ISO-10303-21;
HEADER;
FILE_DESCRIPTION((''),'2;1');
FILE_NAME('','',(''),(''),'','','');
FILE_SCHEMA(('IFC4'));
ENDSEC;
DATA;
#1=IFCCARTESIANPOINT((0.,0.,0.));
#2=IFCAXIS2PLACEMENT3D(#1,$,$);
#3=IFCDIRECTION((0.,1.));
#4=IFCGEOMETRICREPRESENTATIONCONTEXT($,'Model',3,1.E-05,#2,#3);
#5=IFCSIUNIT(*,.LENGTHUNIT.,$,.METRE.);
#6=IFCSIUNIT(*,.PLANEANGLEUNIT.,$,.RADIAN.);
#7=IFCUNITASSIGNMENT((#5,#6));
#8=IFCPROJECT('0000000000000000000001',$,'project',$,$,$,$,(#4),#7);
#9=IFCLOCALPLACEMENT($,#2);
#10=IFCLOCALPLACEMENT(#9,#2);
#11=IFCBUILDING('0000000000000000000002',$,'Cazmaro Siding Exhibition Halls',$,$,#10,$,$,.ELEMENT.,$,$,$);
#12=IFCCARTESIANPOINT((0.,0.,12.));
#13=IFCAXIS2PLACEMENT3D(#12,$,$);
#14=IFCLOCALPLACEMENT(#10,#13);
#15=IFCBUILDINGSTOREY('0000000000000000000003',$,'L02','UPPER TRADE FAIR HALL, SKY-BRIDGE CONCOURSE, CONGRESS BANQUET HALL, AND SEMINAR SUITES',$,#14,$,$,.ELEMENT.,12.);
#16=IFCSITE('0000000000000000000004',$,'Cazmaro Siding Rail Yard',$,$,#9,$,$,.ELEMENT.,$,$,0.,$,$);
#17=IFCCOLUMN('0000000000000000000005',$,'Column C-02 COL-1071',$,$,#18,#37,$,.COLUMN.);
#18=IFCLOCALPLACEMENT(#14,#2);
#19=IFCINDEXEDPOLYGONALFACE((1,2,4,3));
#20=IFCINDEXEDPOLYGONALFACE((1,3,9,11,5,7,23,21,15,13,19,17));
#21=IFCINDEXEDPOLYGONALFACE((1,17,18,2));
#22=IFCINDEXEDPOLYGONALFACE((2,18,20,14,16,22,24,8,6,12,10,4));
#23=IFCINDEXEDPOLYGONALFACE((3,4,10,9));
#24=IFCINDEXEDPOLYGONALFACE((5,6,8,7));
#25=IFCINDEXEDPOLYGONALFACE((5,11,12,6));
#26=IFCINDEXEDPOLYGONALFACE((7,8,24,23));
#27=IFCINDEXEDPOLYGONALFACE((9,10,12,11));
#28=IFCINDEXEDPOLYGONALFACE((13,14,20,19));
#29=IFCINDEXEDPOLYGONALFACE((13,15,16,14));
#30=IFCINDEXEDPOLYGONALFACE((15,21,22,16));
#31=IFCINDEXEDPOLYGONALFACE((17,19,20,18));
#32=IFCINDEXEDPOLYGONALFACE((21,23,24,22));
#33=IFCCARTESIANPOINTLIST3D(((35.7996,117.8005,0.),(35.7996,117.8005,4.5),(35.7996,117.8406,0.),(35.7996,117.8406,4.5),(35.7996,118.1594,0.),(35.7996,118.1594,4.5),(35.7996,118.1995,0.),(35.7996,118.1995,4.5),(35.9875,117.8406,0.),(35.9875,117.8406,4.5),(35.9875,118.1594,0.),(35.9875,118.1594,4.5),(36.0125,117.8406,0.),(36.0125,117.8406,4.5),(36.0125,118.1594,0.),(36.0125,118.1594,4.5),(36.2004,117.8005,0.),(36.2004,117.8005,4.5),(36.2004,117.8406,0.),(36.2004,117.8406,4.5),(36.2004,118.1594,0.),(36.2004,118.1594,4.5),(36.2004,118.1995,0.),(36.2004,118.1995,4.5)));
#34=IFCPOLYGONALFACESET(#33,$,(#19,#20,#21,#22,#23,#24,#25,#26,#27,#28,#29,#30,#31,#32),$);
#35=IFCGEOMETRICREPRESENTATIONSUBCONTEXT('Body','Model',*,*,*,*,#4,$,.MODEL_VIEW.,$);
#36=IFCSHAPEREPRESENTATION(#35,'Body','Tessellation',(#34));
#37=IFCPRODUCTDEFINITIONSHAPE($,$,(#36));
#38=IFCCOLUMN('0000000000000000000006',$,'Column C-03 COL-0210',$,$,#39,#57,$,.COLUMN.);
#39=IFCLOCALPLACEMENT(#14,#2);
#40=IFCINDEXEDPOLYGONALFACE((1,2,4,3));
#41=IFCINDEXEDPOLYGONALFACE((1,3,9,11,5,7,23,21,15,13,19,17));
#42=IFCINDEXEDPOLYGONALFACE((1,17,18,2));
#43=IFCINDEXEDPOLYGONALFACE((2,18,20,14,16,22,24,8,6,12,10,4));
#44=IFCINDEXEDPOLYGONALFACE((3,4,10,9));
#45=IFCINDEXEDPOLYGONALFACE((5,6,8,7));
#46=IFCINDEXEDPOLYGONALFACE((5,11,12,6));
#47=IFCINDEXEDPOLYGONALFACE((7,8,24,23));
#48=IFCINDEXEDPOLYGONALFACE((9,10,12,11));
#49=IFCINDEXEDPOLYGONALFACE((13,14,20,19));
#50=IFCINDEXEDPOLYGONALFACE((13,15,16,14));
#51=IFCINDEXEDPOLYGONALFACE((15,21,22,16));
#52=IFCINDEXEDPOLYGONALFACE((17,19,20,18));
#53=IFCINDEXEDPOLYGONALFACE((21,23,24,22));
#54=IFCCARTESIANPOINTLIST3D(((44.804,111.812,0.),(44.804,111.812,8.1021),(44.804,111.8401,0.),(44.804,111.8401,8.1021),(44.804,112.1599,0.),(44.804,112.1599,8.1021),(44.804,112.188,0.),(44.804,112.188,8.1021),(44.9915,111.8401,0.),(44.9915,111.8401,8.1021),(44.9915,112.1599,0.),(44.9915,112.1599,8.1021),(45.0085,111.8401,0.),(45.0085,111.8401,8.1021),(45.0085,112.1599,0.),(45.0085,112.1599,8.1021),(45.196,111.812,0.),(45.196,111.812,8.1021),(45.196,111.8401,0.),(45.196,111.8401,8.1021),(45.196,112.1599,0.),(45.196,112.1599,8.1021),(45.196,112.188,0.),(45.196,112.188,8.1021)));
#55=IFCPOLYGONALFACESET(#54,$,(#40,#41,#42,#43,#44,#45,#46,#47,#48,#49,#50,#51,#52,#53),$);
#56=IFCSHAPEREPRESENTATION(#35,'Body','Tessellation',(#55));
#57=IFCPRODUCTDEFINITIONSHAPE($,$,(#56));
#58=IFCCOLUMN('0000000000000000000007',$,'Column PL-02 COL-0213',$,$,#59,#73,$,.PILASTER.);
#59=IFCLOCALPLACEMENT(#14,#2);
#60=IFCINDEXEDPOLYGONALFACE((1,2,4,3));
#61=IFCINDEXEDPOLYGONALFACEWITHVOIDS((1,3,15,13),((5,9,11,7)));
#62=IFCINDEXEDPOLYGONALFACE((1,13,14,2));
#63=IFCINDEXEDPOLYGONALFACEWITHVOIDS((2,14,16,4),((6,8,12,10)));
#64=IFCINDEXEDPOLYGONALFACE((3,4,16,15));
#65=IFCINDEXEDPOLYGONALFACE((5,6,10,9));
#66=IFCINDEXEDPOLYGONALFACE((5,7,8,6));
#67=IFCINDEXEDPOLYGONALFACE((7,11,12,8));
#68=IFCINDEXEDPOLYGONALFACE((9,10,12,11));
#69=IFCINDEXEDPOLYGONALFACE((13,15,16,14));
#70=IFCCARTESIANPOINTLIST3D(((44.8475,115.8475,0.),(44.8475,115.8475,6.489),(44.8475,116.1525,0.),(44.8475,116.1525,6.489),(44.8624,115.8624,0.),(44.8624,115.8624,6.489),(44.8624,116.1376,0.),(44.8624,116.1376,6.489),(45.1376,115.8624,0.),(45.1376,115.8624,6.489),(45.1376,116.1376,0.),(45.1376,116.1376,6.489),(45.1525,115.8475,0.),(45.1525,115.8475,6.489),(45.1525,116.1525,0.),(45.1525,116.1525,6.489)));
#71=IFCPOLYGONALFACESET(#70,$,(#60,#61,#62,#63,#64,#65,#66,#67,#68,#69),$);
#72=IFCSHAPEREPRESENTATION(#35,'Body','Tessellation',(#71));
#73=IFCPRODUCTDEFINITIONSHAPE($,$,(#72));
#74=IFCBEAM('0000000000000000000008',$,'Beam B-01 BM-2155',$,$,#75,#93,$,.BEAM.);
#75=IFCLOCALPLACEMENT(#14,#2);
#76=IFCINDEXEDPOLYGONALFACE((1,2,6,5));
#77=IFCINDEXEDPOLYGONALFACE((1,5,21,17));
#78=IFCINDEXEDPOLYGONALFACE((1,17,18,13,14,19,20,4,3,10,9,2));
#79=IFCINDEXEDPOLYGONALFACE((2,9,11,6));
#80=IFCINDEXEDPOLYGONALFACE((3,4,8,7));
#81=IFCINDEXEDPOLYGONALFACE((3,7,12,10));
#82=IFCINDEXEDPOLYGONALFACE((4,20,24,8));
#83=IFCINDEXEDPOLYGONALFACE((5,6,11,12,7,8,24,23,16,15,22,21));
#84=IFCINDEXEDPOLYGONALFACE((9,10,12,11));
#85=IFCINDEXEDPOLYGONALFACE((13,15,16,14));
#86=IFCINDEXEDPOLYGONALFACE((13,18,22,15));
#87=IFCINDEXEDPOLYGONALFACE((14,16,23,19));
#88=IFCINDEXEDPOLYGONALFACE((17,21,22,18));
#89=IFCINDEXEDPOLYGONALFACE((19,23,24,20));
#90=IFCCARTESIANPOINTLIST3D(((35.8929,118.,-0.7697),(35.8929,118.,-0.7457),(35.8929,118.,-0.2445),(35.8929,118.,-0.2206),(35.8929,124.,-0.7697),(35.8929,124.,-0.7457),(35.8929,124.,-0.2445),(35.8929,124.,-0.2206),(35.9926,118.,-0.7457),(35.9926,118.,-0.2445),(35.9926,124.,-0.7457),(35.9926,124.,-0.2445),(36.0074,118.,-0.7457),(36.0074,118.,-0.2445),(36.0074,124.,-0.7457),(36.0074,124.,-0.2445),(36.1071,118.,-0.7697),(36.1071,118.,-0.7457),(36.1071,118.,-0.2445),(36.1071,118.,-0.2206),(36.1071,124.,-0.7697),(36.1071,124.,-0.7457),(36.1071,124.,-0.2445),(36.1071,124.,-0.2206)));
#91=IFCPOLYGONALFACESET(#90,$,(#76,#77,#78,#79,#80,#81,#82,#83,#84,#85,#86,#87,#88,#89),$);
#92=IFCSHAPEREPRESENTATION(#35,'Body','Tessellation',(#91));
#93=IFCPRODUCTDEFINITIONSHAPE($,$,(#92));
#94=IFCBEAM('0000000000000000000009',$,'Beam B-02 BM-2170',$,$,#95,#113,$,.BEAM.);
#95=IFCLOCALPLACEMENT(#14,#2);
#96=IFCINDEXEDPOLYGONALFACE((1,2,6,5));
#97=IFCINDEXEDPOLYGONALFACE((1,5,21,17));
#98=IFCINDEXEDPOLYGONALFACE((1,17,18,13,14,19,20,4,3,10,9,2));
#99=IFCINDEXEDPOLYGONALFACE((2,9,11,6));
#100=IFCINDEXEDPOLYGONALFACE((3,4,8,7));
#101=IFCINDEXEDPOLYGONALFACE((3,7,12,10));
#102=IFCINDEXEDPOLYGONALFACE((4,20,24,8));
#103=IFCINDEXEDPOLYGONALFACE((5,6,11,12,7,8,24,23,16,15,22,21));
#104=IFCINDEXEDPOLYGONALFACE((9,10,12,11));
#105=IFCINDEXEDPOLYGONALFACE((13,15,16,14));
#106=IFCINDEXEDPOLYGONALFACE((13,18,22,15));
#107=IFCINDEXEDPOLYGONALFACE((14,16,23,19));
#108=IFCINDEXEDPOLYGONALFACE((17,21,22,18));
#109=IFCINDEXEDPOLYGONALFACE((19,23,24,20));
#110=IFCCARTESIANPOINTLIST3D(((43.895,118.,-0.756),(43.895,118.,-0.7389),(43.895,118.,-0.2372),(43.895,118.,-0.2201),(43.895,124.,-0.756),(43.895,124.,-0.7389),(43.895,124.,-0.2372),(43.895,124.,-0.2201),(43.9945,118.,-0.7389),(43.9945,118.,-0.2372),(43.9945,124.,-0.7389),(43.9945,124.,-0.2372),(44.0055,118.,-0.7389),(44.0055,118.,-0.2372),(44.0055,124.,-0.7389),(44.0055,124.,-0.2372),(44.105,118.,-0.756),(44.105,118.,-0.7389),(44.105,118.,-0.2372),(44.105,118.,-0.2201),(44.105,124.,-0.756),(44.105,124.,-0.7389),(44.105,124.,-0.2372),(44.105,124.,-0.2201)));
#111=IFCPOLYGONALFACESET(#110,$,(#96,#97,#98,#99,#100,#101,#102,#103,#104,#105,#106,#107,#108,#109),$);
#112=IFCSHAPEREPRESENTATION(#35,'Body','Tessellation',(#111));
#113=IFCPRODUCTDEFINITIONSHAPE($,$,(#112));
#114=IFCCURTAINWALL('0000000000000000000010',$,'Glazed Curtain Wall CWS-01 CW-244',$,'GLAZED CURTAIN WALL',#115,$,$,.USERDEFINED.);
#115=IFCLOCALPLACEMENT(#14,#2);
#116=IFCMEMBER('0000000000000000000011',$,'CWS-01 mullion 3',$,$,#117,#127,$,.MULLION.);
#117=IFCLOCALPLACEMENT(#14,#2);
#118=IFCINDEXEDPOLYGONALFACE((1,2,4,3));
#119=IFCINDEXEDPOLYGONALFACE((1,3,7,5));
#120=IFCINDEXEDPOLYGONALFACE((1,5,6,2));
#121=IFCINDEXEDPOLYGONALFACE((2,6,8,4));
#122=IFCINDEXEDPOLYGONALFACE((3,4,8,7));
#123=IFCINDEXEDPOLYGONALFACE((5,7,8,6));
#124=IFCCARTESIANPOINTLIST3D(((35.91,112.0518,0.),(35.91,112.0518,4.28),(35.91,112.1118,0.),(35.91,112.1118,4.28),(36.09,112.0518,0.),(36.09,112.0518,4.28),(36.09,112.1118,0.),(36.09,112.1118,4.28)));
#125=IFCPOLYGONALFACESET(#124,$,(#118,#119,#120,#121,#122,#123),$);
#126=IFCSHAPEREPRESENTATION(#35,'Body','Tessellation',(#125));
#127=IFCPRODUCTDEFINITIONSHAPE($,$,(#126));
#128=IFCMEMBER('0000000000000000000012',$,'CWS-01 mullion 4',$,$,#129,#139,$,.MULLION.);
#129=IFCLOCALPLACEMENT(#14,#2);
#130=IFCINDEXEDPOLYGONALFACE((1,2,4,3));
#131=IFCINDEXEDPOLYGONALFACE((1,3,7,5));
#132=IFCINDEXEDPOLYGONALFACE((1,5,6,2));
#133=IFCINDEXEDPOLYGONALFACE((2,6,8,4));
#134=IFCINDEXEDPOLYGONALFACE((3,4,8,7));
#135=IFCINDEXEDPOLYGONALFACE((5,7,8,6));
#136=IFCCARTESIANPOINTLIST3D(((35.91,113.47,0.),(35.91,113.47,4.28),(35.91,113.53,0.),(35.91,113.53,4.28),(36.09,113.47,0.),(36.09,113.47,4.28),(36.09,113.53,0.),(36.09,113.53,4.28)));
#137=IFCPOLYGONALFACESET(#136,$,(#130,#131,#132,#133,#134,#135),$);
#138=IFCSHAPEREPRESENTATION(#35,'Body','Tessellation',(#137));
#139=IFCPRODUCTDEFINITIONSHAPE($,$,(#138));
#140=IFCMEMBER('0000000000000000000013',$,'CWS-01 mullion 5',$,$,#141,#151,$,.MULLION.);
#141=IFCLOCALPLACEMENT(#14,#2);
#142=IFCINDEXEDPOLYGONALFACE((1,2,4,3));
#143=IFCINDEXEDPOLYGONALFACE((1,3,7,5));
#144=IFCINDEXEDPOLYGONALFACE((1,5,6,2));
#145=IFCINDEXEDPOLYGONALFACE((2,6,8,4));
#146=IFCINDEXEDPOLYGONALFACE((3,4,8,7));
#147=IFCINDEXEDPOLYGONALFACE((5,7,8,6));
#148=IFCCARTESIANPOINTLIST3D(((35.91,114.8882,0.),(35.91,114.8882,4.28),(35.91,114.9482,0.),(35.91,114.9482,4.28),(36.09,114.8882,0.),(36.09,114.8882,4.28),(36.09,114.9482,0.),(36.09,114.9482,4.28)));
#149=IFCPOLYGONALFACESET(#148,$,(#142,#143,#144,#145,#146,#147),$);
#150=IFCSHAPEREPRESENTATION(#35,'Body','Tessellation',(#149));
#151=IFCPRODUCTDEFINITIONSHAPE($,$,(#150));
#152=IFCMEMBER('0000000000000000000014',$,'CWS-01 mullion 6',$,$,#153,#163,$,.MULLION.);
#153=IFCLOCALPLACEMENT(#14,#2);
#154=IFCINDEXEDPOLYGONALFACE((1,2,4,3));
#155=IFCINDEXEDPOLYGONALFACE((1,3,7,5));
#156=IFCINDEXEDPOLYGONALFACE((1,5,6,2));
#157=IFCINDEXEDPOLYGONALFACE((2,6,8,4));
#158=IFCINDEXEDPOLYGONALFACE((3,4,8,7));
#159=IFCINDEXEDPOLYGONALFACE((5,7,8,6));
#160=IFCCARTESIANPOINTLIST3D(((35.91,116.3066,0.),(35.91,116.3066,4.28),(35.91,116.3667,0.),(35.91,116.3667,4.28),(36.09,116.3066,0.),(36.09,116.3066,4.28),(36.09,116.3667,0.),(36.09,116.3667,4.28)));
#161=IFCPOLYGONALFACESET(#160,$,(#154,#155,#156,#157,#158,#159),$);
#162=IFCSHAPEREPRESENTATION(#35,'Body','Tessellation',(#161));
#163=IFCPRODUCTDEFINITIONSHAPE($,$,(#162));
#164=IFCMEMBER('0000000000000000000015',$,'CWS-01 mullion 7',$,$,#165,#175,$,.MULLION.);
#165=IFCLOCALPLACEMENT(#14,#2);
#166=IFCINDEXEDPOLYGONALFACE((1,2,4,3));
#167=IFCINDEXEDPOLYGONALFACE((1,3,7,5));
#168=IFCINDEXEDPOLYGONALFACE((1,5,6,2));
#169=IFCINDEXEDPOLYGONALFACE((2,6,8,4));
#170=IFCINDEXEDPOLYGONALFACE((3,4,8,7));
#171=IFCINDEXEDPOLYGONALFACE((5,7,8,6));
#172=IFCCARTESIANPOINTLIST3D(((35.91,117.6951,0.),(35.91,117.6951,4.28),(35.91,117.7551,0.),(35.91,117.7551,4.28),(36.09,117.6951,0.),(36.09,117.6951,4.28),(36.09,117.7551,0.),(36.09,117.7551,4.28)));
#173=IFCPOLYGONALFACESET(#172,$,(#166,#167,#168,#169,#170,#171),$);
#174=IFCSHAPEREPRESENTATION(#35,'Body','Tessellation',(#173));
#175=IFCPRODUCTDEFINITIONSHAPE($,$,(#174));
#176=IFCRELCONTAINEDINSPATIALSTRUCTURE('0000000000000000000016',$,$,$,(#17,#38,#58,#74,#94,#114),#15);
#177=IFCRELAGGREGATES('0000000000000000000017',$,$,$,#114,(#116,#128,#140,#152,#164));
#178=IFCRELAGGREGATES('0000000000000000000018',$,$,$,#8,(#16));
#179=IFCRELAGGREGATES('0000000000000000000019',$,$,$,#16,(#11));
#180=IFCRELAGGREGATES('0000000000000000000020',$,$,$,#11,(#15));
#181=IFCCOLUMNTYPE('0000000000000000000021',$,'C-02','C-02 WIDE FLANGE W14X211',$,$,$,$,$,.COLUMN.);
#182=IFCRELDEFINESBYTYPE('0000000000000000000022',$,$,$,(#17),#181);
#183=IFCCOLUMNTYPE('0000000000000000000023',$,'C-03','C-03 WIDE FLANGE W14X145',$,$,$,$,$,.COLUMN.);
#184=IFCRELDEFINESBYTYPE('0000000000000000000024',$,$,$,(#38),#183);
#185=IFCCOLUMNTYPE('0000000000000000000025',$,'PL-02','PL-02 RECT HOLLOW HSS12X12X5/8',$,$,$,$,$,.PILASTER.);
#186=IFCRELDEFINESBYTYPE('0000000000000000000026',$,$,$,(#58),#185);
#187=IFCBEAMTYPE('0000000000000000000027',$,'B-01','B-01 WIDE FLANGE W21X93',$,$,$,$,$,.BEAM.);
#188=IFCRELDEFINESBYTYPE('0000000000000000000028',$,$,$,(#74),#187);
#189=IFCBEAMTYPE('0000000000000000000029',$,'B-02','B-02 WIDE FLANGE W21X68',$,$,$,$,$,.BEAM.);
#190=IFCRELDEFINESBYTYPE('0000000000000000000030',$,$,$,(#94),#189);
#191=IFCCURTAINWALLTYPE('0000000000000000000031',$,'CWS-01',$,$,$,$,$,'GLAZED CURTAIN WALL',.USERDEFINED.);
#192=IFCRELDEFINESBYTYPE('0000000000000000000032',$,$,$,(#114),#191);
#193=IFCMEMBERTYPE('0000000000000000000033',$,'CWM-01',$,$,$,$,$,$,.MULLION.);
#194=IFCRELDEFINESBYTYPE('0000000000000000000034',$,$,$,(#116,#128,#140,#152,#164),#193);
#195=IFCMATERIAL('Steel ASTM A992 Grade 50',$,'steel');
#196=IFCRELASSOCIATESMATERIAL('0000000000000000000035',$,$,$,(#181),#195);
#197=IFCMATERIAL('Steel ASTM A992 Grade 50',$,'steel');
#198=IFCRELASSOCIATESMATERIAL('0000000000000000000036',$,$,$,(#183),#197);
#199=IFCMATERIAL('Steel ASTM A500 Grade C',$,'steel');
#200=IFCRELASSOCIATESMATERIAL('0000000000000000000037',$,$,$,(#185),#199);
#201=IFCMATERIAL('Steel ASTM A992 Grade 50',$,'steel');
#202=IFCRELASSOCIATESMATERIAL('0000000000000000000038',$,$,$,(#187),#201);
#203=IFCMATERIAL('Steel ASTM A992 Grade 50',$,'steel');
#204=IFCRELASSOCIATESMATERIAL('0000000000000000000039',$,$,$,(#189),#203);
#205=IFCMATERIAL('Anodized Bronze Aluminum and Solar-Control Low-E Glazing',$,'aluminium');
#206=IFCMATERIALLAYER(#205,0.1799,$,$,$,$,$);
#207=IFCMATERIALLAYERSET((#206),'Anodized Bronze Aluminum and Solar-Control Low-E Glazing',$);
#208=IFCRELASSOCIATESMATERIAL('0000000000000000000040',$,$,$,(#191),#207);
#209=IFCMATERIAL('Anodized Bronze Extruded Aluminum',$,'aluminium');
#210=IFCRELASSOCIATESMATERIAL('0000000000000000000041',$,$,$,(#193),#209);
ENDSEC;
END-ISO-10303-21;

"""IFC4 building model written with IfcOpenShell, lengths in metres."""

from ifc_helpers import new_model, si_unit, direction, frame, origin, origin_2d, place, context, subcontext, project, spatial, rectangle, hollow_rectangle, i_section, extrude, material, layer, layer_set, material_profile, profile_set, type_object, element, aggregate, save


model = new_model("IFC4")

# Units and contexts
model_context = context("Model", 3, precision=1e-05, world=origin(), true_north=direction((0.0, 1.0)))
body_context = subcontext(model_context, "Body", "Model", "MODEL_VIEW")
ifc_project = project(units=[si_unit("LENGTHUNIT", "METRE"), si_unit("PLANEANGLEUNIT", "RADIAN")], contexts=[model_context])

# Site, building, storey
site_placement = place(None, origin())
site = spatial("IfcSite", under=ifc_project, at=site_placement, Name="Cazmaro Siding Rail Yard", CompositionType="ELEMENT", RefElevation=0.0)
building_placement = place(site_placement, origin())
building = spatial("IfcBuilding", under=site, at=building_placement, Name="Cazmaro Siding Exhibition Halls", CompositionType="ELEMENT")
storey_placement = place(building_placement, frame((0.0, 0.0, 12.0)))
storey = spatial("IfcBuildingStorey", under=building, at=storey_placement, Name="L02", Description="UPPER TRADE FAIR HALL, SKY-BRIDGE CONCOURSE, CONGRESS BANQUET HALL, AND SEMINAR SUITES", CompositionType="ELEMENT", Elevation=12.0)

# Columns
ifc_material_1 = material(Name="Steel ASTM A992 Grade 50", Category="steel")
ifc_material_profile_1 = material_profile(ifc_material_1, i_section(OverallWidth=0.4009, OverallDepth=0.3989, WebThickness=0.0249, FlangeThickness=0.04, at=origin_2d()), Name="W14X211")
ifc_profile_set_1 = profile_set([ifc_material_profile_1], Name="Steel ASTM A992 Grade 50")
column_type_1 = type_object("IfcColumnType", Name="C-02", Description="C-02 WIDE FLANGE W14X211", PredefinedType="COLUMN", material=ifc_profile_set_1)
column_1_placement = place(storey_placement, frame((36.0, 118.0, 0.0), z_axis=(0.0, 0.0, 1.0), x_axis=(1.0, 0.0, 0.0)))
element("IfcColumn", 1, at=column_1_placement, inside=storey, type_object=column_type_1, Name="Column C-02 COL-1071", PredefinedType="COLUMN", context=body_context, shape_type="SweptSolid", body=[
    extrude(i_section(OverallWidth=0.4009, OverallDepth=0.3989, WebThickness=0.0249, FlangeThickness=0.04, at=origin_2d()), origin(), (0.0, 0.0, 1.0), 4.5),
])
ifc_material_2 = material(Name="Steel ASTM A992 Grade 50", Category="steel")
ifc_material_profile_2 = material_profile(ifc_material_2, i_section(OverallWidth=0.3921, OverallDepth=0.376, WebThickness=0.0171, FlangeThickness=0.0281, at=origin_2d()), Name="W14X145")
ifc_profile_set_2 = profile_set([ifc_material_profile_2], Name="Steel ASTM A992 Grade 50")
column_type_2 = type_object("IfcColumnType", Name="C-03", Description="C-03 WIDE FLANGE W14X145", PredefinedType="COLUMN", material=ifc_profile_set_2)
column_2_placement = place(storey_placement, frame((45.0, 112.0, 0.0), z_axis=(0.0, 0.0, 1.0), x_axis=(1.0, 0.0, 0.0)))
element("IfcColumn", 2, at=column_2_placement, inside=storey, type_object=column_type_2, Name="Column C-03 COL-0210", PredefinedType="COLUMN", context=body_context, shape_type="SweptSolid", body=[
    extrude(i_section(OverallWidth=0.3921, OverallDepth=0.376, WebThickness=0.0171, FlangeThickness=0.0281, at=origin_2d()), origin(), (0.0, 0.0, 1.0), 8.1021),
])
ifc_material_3 = material(Name="Steel ASTM A500 Grade C", Category="steel")
ifc_material_profile_3 = material_profile(ifc_material_3, hollow_rectangle(XDim=0.3049, YDim=0.3049, WallThickness=0.0149, at=origin_2d()), Name="HSS12X12X5/8")
ifc_profile_set_3 = profile_set([ifc_material_profile_3], Name="Steel ASTM A500 Grade C")
column_type_3 = type_object("IfcColumnType", Name="PL-02", Description="PL-02 RECT HOLLOW HSS12X12X5/8", PredefinedType="PILASTER", material=ifc_profile_set_3)
column_3_placement = place(storey_placement, frame((45.0, 116.0, 0.0), z_axis=(0.0, 0.0, 1.0), x_axis=(1.0, 0.0, 0.0)))
element("IfcColumn", 3, at=column_3_placement, inside=storey, type_object=column_type_3, Name="Column PL-02 COL-0213", PredefinedType="PILASTER", context=body_context, shape_type="SweptSolid", body=[
    extrude(hollow_rectangle(XDim=0.3049, YDim=0.3049, WallThickness=0.0149, at=origin_2d()), origin(), (0.0, 0.0, 1.0), 6.489),
])

# Beams
ifc_material_4 = material(Name="Steel ASTM A992 Grade 50", Category="steel")
ifc_material_profile_4 = material_profile(ifc_material_4, i_section(OverallWidth=0.2141, OverallDepth=0.5491, WebThickness=0.0149, FlangeThickness=0.0239, at=origin_2d()), Name="W21X93")
ifc_profile_set_4 = profile_set([ifc_material_profile_4], Name="Steel ASTM A992 Grade 50")
beam_type_1 = type_object("IfcBeamType", Name="B-01", Description="B-01 WIDE FLANGE W21X93", PredefinedType="BEAM", material=ifc_profile_set_4)
beam_1_placement = place(storey_placement, frame((36.0, 118.0, -0.4951), z_axis=(0.0, 1.0, 0.0), x_axis=(-1.0, 0.0, 0.0)))
element("IfcBeam", 4, at=beam_1_placement, inside=storey, type_object=beam_type_1, Name="Beam B-01 BM-2155", PredefinedType="BEAM", context=body_context, shape_type="SweptSolid", body=[
    extrude(i_section(OverallWidth=0.2141, OverallDepth=0.5491, WebThickness=0.0149, FlangeThickness=0.0239, at=origin_2d()), origin(), (0.0, 0.0, 1.0), 6.0),
])
ifc_material_5 = material(Name="Steel ASTM A992 Grade 50", Category="steel")
ifc_material_profile_5 = material_profile(ifc_material_5, i_section(OverallWidth=0.21, OverallDepth=0.5359, WebThickness=0.011, FlangeThickness=0.0171, at=origin_2d()), Name="W21X68")
ifc_profile_set_5 = profile_set([ifc_material_profile_5], Name="Steel ASTM A992 Grade 50")
beam_type_2 = type_object("IfcBeamType", Name="B-02", Description="B-02 WIDE FLANGE W21X68", PredefinedType="BEAM", material=ifc_profile_set_5)
beam_2_placement = place(storey_placement, frame((44.0, 118.0, -0.488), z_axis=(0.0, 1.0, 0.0), x_axis=(-1.0, 0.0, 0.0)))
element("IfcBeam", 5, at=beam_2_placement, inside=storey, type_object=beam_type_2, Name="Beam B-02 BM-2170", PredefinedType="BEAM", context=body_context, shape_type="SweptSolid", body=[
    extrude(i_section(OverallWidth=0.21, OverallDepth=0.5359, WebThickness=0.011, FlangeThickness=0.0171, at=origin_2d()), origin(), (0.0, 0.0, 1.0), 6.0),
])

# Curtain wall, members
ifc_material_6 = material(Name="Anodized Bronze Aluminum and Solar-Control Low-E Glazing", Category="aluminium")
ifc_layer_1 = layer(ifc_material_6, 0.1799)
ifc_layer_set_1 = layer_set([ifc_layer_1], Name="Anodized Bronze Aluminum and Solar-Control Low-E Glazing")
curtain_wall_type = type_object("IfcCurtainWallType", Name="CWS-01", ElementType="GLAZED CURTAIN WALL", PredefinedType="USERDEFINED", material=ifc_layer_set_1)
curtain_wall_1_placement = place(storey_placement, origin())
curtain_wall_1 = element("IfcCurtainWall", 6, at=curtain_wall_1_placement, inside=storey, type_object=curtain_wall_type, Name="Glazed Curtain Wall CWS-01 CW-244", ObjectType="GLAZED CURTAIN WALL", PredefinedType="USERDEFINED")
ifc_material_7 = material(Name="Anodized Bronze Extruded Aluminum", Category="aluminium")
ifc_material_profile_6 = material_profile(ifc_material_7, rectangle(XDim=0.1799, YDim=0.0601, at=origin_2d()), Name="CWM-01")
ifc_profile_set_6 = profile_set([ifc_material_profile_6], Name="Anodized Bronze Extruded Aluminum")
member_type_1 = type_object("IfcMemberType", Name="CWM-01", PredefinedType="MULLION", material=ifc_profile_set_6)
member_1_placement = place(storey_placement, frame((36.0, 112.0818, 0.0), z_axis=(0.0, 0.0, 1.0), x_axis=(-1.0, 0.0, 0.0)))
member_1 = element("IfcMember", 7, at=member_1_placement, type_object=member_type_1, Name="CWS-01 mullion 3", PredefinedType="MULLION", context=body_context, shape_type="SweptSolid", body=[
    extrude(rectangle(XDim=0.1799, YDim=0.0601, at=origin_2d()), origin(), (0.0, 0.0, 1.0), 4.28),
])
member_2_placement = place(storey_placement, frame((36.0, 113.5, 0.0), z_axis=(0.0, 0.0, 1.0), x_axis=(-1.0, 0.0, 0.0)))
member_2 = element("IfcMember", 8, at=member_2_placement, type_object=member_type_1, Name="CWS-01 mullion 4", PredefinedType="MULLION", context=body_context, shape_type="SweptSolid", body=[
    extrude(rectangle(XDim=0.1799, YDim=0.0601, at=origin_2d()), origin(), (0.0, 0.0, 1.0), 4.28),
])
member_3_placement = place(storey_placement, frame((36.0, 114.9182, 0.0), z_axis=(0.0, 0.0, 1.0), x_axis=(-1.0, 0.0, 0.0)))
member_3 = element("IfcMember", 9, at=member_3_placement, type_object=member_type_1, Name="CWS-01 mullion 5", PredefinedType="MULLION", context=body_context, shape_type="SweptSolid", body=[
    extrude(rectangle(XDim=0.1799, YDim=0.0601, at=origin_2d()), origin(), (0.0, 0.0, 1.0), 4.28),
])
member_4_placement = place(storey_placement, frame((36.0, 116.3367, 0.0), z_axis=(0.0, 0.0, 1.0), x_axis=(-1.0, 0.0, 0.0)))
member_4 = element("IfcMember", 10, at=member_4_placement, type_object=member_type_1, Name="CWS-01 mullion 6", PredefinedType="MULLION", context=body_context, shape_type="SweptSolid", body=[
    extrude(rectangle(XDim=0.1799, YDim=0.0601, at=origin_2d()), origin(), (0.0, 0.0, 1.0), 4.28),
])
member_5_placement = place(storey_placement, frame((36.0, 117.7251, 0.0), z_axis=(0.0, 0.0, 1.0), x_axis=(-1.0, 0.0, 0.0)))
member_5 = element("IfcMember", 11, at=member_5_placement, type_object=member_type_1, Name="CWS-01 mullion 7", PredefinedType="MULLION", context=body_context, shape_type="SweptSolid", body=[
    extrude(rectangle(XDim=0.1799, YDim=0.0601, at=origin_2d()), origin(), (0.0, 0.0, 1.0), 4.28),
])

aggregate(curtain_wall_1, [member_1, member_2, member_3, member_4, member_5])

save(model, "model.ifc")
